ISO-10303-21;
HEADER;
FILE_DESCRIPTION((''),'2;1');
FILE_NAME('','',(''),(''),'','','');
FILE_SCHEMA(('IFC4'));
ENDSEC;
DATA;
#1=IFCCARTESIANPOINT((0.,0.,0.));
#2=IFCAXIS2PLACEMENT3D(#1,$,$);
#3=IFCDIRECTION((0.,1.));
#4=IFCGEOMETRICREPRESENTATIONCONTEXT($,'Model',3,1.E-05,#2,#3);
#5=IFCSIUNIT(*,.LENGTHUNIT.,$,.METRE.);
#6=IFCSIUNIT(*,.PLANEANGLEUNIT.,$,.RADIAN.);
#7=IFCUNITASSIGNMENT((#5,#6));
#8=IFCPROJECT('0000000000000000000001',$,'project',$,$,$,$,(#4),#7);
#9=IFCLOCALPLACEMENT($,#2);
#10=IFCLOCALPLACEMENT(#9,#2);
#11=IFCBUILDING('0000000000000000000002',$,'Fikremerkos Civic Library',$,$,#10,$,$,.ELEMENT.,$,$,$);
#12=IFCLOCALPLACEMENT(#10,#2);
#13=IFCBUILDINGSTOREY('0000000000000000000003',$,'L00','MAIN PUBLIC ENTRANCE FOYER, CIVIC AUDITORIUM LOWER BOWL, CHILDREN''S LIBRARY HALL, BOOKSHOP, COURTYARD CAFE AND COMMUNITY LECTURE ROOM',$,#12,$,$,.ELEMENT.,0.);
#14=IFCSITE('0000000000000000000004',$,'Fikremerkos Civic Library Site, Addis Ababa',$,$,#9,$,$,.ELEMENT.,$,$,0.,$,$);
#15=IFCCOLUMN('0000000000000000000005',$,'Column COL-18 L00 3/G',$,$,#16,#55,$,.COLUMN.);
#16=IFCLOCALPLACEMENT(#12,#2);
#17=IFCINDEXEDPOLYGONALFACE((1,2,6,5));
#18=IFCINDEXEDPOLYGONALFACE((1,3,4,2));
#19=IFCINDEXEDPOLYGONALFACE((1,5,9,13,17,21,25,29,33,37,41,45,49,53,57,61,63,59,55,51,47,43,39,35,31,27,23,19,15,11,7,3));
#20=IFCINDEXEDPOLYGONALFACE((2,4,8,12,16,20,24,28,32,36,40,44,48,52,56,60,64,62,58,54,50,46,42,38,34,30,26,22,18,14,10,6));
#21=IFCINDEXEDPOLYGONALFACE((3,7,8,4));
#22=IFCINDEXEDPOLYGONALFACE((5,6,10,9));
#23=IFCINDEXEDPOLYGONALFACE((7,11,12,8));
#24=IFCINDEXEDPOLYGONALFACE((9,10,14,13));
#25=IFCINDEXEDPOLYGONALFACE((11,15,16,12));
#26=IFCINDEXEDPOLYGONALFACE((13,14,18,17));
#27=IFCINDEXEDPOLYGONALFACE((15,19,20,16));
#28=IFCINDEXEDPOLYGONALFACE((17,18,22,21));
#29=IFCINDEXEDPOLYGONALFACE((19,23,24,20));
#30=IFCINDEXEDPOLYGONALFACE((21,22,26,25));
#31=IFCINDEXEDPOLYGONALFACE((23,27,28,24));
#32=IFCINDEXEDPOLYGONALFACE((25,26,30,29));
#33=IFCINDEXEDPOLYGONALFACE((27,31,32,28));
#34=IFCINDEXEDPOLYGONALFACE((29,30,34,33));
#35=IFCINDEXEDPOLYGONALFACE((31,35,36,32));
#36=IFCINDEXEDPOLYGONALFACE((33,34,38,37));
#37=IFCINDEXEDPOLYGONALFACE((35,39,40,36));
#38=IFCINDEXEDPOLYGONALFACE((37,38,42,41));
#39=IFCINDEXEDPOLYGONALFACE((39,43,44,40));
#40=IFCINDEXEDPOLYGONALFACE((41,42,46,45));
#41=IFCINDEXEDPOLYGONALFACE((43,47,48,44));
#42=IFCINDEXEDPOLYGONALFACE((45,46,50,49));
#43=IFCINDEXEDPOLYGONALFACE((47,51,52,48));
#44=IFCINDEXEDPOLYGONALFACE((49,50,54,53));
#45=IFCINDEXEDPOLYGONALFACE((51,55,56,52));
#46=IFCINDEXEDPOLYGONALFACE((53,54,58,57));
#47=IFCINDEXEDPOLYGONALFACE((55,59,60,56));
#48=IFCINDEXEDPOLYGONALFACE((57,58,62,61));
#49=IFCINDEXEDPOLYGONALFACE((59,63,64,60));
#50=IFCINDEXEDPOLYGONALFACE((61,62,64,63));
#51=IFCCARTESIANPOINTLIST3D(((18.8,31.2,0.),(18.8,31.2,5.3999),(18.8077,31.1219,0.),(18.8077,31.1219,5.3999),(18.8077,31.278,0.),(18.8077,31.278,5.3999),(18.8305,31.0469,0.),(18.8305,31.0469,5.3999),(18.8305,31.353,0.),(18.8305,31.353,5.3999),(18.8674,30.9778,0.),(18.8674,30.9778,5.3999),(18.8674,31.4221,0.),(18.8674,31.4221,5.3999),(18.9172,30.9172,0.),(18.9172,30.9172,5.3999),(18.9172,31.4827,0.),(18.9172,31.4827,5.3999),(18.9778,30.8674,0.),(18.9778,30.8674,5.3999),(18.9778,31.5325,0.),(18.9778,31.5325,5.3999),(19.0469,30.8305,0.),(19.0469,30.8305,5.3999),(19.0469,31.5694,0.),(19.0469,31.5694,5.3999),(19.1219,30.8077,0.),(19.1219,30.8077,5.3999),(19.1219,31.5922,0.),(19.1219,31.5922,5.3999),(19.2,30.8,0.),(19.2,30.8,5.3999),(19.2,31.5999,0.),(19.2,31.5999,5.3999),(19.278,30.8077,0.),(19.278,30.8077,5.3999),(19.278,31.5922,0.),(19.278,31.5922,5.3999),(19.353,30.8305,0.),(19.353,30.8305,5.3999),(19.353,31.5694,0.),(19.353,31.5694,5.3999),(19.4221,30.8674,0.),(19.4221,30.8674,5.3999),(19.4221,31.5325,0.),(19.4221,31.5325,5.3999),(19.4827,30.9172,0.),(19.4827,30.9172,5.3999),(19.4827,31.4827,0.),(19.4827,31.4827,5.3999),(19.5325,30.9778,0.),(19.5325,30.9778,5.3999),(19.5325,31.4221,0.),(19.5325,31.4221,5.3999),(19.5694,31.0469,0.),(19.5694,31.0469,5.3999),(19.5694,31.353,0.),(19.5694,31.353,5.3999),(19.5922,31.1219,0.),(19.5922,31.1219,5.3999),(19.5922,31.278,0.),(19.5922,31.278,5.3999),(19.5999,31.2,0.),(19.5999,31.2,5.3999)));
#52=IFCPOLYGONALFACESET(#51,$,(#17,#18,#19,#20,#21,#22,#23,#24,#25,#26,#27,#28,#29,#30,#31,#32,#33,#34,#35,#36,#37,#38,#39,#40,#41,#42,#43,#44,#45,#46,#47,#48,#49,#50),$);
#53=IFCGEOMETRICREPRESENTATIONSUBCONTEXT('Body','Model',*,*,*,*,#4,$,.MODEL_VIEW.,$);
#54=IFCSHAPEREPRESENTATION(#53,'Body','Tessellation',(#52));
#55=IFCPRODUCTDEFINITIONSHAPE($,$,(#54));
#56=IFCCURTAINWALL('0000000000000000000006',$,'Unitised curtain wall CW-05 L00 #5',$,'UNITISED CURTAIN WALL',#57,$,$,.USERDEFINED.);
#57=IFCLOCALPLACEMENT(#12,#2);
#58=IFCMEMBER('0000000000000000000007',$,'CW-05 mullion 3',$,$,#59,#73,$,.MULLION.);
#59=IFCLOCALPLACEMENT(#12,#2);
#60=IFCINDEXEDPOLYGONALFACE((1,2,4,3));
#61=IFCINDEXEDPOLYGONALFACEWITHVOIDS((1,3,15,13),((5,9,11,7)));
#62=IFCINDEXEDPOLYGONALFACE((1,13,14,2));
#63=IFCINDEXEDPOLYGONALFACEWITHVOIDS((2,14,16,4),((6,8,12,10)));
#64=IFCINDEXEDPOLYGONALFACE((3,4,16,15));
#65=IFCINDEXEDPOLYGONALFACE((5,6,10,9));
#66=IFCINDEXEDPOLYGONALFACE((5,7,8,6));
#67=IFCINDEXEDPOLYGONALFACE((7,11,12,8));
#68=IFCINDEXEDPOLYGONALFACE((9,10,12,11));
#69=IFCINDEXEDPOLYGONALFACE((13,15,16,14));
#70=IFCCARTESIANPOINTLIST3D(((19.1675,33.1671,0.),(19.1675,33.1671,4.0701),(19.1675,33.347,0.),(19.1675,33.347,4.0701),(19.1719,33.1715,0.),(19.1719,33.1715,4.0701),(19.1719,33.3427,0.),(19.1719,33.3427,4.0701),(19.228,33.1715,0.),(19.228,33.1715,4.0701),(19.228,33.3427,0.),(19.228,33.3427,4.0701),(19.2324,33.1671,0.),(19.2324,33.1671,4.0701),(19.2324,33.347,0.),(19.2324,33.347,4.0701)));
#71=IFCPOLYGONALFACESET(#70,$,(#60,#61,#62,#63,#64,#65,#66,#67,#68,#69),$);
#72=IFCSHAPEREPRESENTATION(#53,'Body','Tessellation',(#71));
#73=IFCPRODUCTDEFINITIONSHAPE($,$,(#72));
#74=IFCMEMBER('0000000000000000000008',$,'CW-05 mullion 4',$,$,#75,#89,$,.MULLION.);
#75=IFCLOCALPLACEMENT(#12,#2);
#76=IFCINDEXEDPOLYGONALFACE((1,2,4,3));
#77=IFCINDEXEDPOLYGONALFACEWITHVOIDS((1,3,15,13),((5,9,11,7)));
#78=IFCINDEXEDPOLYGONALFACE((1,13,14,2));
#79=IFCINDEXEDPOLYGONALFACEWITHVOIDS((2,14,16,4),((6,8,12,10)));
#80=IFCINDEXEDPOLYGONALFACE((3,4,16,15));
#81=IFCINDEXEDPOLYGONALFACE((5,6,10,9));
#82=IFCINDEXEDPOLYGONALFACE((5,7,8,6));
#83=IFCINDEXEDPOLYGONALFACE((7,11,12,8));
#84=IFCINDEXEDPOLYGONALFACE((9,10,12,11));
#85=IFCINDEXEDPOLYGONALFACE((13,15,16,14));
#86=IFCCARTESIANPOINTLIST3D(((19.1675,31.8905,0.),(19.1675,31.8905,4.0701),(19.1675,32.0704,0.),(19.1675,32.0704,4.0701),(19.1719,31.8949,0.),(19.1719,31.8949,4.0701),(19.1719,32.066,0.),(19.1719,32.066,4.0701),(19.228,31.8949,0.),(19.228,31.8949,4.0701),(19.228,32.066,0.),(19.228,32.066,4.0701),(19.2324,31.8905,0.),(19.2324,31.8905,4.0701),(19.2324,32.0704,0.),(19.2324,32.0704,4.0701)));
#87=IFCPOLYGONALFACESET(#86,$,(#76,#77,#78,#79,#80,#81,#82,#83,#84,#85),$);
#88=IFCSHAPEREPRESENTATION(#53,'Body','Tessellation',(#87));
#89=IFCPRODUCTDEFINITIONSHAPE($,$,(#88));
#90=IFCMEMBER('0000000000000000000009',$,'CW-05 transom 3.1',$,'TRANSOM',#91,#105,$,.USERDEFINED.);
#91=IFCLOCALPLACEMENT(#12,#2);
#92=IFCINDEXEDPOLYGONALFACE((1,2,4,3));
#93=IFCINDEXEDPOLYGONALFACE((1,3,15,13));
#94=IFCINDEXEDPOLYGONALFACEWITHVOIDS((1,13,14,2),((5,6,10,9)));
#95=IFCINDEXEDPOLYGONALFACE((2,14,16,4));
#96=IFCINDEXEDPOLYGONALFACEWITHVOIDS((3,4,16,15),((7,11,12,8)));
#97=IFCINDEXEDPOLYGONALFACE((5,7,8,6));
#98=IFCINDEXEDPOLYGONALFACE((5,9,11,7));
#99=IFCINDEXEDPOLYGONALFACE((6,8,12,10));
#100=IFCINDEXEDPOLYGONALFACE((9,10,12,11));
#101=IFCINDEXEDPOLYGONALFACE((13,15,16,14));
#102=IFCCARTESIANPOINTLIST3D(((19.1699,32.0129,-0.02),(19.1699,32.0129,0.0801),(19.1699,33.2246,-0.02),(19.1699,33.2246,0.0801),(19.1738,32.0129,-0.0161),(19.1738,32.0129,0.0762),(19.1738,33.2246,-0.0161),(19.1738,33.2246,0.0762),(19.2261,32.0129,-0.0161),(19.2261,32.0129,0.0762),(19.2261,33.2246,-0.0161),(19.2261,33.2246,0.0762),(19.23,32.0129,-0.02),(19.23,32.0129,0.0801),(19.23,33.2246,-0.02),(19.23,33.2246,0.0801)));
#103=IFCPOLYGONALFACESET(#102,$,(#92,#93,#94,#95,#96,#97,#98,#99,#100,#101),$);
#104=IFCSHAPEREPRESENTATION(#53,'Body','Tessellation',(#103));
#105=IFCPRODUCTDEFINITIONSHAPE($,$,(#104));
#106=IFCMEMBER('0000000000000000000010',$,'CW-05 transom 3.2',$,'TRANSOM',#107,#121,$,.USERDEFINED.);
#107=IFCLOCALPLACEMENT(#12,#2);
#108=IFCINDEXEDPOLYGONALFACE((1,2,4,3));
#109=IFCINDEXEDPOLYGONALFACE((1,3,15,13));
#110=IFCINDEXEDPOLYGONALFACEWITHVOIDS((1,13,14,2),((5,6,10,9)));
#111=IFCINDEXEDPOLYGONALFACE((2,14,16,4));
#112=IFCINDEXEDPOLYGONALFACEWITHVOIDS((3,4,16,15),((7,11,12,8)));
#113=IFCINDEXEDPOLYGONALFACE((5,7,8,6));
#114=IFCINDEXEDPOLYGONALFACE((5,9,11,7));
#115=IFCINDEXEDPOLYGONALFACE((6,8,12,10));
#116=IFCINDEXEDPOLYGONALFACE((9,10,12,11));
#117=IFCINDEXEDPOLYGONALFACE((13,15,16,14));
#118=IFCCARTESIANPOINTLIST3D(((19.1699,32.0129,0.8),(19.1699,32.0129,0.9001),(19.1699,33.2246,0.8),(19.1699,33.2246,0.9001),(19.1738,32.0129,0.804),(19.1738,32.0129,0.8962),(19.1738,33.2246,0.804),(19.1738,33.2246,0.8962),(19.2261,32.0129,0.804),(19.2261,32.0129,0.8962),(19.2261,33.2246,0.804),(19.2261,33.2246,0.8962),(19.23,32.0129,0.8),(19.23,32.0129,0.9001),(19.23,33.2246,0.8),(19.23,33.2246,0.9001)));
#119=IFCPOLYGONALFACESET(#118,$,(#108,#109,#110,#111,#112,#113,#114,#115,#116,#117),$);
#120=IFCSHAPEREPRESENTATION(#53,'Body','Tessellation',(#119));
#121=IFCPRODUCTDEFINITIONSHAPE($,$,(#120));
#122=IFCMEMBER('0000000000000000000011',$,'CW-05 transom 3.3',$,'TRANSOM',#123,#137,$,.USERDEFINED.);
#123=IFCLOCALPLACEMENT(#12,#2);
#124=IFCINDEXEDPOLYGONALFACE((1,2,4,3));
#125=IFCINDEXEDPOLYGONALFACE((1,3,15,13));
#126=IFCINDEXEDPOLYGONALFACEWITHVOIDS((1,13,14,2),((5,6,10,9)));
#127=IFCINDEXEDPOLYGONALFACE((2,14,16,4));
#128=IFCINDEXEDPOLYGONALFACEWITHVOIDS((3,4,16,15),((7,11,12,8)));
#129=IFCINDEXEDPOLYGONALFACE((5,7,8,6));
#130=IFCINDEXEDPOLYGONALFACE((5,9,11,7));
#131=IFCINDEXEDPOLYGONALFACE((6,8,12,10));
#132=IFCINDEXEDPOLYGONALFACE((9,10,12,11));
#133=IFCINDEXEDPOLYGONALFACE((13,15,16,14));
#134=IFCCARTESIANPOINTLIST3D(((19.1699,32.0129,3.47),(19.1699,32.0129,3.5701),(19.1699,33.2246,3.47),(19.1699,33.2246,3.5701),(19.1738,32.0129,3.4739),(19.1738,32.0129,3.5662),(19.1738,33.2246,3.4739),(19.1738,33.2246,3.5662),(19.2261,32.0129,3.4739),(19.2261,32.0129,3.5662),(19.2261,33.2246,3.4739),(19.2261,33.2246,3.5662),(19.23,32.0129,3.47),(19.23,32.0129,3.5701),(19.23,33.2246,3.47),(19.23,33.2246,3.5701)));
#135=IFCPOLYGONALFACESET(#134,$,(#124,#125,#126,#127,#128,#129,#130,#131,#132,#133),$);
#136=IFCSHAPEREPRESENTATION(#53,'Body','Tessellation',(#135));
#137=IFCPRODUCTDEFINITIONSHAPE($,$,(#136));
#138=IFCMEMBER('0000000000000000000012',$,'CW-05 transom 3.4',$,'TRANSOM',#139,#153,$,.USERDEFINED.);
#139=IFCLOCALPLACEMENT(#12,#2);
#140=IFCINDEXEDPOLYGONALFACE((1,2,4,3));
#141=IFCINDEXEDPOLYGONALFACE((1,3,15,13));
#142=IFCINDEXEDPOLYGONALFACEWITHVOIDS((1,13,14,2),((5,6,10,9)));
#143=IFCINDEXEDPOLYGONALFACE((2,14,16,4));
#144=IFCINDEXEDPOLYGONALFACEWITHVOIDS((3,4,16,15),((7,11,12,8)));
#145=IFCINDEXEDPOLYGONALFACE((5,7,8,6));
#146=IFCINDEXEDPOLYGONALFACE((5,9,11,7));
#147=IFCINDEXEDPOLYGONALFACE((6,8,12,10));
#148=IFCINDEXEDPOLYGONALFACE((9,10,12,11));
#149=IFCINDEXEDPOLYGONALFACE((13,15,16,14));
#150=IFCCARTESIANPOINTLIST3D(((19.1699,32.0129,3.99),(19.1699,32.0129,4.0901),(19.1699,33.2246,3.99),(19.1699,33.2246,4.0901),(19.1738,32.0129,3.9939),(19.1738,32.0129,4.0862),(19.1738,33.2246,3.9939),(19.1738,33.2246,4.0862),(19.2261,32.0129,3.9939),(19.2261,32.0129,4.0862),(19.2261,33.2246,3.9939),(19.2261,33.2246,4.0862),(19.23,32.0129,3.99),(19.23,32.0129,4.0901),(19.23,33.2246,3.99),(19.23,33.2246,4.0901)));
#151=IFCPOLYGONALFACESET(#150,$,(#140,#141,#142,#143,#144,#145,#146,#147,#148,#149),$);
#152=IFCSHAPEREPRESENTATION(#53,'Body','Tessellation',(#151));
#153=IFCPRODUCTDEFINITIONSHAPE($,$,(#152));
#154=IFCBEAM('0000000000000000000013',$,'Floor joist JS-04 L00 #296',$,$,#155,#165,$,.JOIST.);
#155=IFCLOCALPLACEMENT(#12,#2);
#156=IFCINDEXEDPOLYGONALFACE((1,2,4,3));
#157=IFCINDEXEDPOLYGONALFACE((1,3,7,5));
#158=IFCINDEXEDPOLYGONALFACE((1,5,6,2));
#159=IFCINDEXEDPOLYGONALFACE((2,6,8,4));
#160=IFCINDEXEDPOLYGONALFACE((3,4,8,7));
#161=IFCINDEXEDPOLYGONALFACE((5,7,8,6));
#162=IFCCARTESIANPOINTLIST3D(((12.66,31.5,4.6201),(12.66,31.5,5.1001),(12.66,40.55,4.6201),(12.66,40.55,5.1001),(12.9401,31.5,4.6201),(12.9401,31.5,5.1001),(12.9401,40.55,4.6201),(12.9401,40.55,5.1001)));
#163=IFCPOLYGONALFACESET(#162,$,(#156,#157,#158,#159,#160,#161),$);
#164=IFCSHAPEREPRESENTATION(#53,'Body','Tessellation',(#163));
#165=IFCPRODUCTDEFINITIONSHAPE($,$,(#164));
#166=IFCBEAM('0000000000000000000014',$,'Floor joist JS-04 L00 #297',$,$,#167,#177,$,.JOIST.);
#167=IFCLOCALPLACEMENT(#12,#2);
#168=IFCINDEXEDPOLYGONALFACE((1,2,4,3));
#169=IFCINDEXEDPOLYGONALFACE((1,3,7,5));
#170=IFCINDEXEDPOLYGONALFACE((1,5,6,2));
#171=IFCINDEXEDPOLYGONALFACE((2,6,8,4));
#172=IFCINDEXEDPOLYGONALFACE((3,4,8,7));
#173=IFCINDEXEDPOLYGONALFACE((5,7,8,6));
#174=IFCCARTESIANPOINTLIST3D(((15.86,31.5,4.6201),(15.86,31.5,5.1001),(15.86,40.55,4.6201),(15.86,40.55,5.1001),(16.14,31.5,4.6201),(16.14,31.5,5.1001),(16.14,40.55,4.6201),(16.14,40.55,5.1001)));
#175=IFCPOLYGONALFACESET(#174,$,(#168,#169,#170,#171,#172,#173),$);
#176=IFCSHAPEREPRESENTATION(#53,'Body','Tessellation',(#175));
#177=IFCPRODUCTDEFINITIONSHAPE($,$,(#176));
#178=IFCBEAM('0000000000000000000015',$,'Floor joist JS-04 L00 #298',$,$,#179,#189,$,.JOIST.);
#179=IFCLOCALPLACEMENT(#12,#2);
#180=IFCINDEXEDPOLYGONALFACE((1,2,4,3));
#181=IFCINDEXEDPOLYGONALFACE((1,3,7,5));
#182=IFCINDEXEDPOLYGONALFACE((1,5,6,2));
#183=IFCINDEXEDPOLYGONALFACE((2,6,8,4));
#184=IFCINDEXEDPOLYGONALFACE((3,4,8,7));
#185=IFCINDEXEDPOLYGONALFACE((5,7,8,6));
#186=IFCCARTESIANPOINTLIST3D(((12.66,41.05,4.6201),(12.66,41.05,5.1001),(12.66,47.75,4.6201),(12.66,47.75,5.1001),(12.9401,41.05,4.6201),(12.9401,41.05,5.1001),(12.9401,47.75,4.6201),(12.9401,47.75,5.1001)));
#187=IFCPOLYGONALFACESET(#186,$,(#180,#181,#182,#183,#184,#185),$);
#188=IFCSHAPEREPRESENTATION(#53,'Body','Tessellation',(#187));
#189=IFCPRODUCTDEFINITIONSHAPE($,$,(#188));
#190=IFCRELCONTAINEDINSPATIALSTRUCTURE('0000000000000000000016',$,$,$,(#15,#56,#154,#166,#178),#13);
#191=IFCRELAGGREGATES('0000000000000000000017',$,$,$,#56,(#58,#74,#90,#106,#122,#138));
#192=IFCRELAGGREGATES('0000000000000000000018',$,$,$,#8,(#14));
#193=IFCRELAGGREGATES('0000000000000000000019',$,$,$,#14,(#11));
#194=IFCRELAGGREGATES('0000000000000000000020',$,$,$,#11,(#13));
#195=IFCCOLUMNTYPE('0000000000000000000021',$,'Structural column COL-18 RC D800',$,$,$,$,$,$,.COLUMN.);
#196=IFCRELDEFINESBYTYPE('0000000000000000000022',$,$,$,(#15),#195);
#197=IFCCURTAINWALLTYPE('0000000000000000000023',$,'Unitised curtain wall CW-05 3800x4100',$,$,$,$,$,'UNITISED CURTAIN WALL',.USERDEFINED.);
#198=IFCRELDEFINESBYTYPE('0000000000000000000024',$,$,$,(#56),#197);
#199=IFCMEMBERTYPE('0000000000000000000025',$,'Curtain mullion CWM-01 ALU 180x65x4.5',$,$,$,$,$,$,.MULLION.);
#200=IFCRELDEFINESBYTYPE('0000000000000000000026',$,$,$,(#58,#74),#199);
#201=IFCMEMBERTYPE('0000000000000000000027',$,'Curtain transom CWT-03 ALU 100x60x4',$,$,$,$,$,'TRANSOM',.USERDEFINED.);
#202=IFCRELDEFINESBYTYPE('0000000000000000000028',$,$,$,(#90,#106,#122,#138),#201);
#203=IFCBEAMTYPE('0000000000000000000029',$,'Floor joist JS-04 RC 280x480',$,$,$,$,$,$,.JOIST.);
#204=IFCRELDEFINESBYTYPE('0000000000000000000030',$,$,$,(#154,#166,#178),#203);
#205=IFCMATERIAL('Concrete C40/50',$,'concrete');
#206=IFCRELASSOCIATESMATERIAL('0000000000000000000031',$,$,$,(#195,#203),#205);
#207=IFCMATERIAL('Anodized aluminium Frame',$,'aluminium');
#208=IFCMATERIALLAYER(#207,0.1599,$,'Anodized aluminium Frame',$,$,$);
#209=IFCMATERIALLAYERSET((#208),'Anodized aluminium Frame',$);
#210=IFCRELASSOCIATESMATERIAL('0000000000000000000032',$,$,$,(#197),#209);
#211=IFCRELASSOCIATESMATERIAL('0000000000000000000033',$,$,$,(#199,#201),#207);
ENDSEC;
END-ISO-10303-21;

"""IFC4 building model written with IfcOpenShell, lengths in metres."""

from ifc_helpers import new_model, si_unit, direction, frame, origin, origin_2d, place, context, subcontext, project, spatial, rectangle, hollow_rectangle, circle, extrude, material, layer, layer_set, material_profile, profile_set, type_object, element, aggregate, save


model = new_model("IFC4")

# Units and contexts
model_context = context("Model", 3, precision=1e-05, world=origin(), true_north=direction((0.0, 1.0)))
body_context = subcontext(model_context, "Body", "Model", "MODEL_VIEW")
ifc_project = project(units=[si_unit("LENGTHUNIT", "METRE"), si_unit("PLANEANGLEUNIT", "RADIAN")], contexts=[model_context])

# Site, building, storey
site_placement = place(None, origin())
site = spatial("IfcSite", under=ifc_project, at=site_placement, Name="Fikremerkos Civic Library Site, Addis Ababa", CompositionType="ELEMENT", RefElevation=0.0)
building_placement = place(site_placement, origin())
building = spatial("IfcBuilding", under=site, at=building_placement, Name="Fikremerkos Civic Library", CompositionType="ELEMENT")
storey_placement = place(building_placement, origin())
storey = spatial("IfcBuildingStorey", under=building, at=storey_placement, Name="L00", Description="MAIN PUBLIC ENTRANCE FOYER, CIVIC AUDITORIUM LOWER BOWL, CHILDREN'S LIBRARY HALL, BOOKSHOP, COURTYARD CAFE AND COMMUNITY LECTURE ROOM", CompositionType="ELEMENT", Elevation=0.0)

# Column
ifc_material_1 = material(Name="Concrete C40/50", Category="concrete")
ifc_material_profile_1 = material_profile(ifc_material_1, circle(Radius=0.3999, at=origin_2d()), Name="RC D800")
ifc_profile_set_1 = profile_set([ifc_material_profile_1], Name="Concrete C40/50")
column_type = type_object("IfcColumnType", Name="Structural column COL-18 RC D800", PredefinedType="COLUMN", material=ifc_profile_set_1)
column_placement = place(storey_placement, frame((19.2, 31.2, 0.0), z_axis=(0.0, 0.0, 1.0), x_axis=(1.0, 0.0, 0.0)))
element("IfcColumn", 1, at=column_placement, inside=storey, type_object=column_type, Name="Column COL-18 L00 3/G", PredefinedType="COLUMN", context=body_context, shape_type="SweptSolid", body=[
    extrude(circle(Radius=0.3999, at=origin_2d()), origin(), (0.0, 0.0, 1.0), 5.3999),
])

# Curtain wall, members
ifc_material_2 = material(Name="Anodized aluminium Frame", Category="aluminium")
ifc_layer_1 = layer(ifc_material_2, 0.1599, Name="Anodized aluminium Frame")
ifc_layer_set_1 = layer_set([ifc_layer_1], Name="Anodized aluminium Frame")
curtain_wall_type = type_object("IfcCurtainWallType", Name="Unitised curtain wall CW-05 3800x4100", ElementType="UNITISED CURTAIN WALL", PredefinedType="USERDEFINED", material=ifc_layer_set_1)
curtain_wall_placement = place(storey_placement, origin())
curtain_wall = element("IfcCurtainWall", 2, at=curtain_wall_placement, inside=storey, type_object=curtain_wall_type, Name="Unitised curtain wall CW-05 L00 #5", ObjectType="UNITISED CURTAIN WALL", PredefinedType="USERDEFINED")
ifc_material_profile_2 = material_profile(ifc_material_2, hollow_rectangle(XDim=0.0649, YDim=0.1799, WallThickness=0.0044, at=origin_2d()), Name="ALU 180x65x4.5")
ifc_profile_set_2 = profile_set([ifc_material_profile_2], Name="Anodized aluminium Frame")
member_type_1 = type_object("IfcMemberType", Name="Curtain mullion CWM-01 ALU 180x65x4.5", PredefinedType="MULLION", material=ifc_profile_set_2)
member_1_placement = place(storey_placement, frame((19.2, 33.2571, 0.0), z_axis=(0.0, 0.0, 1.0), x_axis=(1.0, 0.0, 0.0)))
member_1 = element("IfcMember", 3, at=member_1_placement, type_object=member_type_1, Name="CW-05 mullion 3", PredefinedType="MULLION", context=body_context, shape_type="SweptSolid", body=[
    extrude(hollow_rectangle(XDim=0.0649, YDim=0.1799, WallThickness=0.0044, at=origin_2d()), origin(), (0.0, 0.0, 1.0), 4.0701),
])
member_2_placement = place(storey_placement, frame((19.2, 31.9805, 0.0), z_axis=(0.0, 0.0, 1.0), x_axis=(1.0, 0.0, 0.0)))
member_2 = element("IfcMember", 4, at=member_2_placement, type_object=member_type_1, Name="CW-05 mullion 4", PredefinedType="MULLION", context=body_context, shape_type="SweptSolid", body=[
    extrude(hollow_rectangle(XDim=0.0649, YDim=0.1799, WallThickness=0.0044, at=origin_2d()), origin(), (0.0, 0.0, 1.0), 4.0701),
])
ifc_material_profile_3 = material_profile(ifc_material_2, hollow_rectangle(XDim=0.0601, YDim=0.1001, WallThickness=0.0039, at=origin_2d()), Name="ALU 100x60x4")
ifc_profile_set_3 = profile_set([ifc_material_profile_3], Name="Anodized aluminium Frame")
member_type_2 = type_object("IfcMemberType", Name="Curtain transom CWT-03 ALU 100x60x4", ElementType="TRANSOM", PredefinedType="USERDEFINED", material=ifc_profile_set_3)
member_3_placement = place(storey_placement, frame((19.2, 33.2246, 0.03), z_axis=(0.0, -1.0, 0.0), x_axis=(1.0, 0.0, 0.0)))
member_3 = element("IfcMember", 5, at=member_3_placement, type_object=member_type_2, Name="CW-05 transom 3.1", ObjectType="TRANSOM", PredefinedType="USERDEFINED", context=body_context, shape_type="SweptSolid", body=[
    extrude(hollow_rectangle(XDim=0.0601, YDim=0.1001, WallThickness=0.0039, at=origin_2d()), origin(), (0.0, 0.0, 1.0), 1.2117),
])
member_4_placement = place(storey_placement, frame((19.2, 33.2246, 0.8501), z_axis=(0.0, -1.0, 0.0), x_axis=(1.0, 0.0, 0.0)))
member_4 = element("IfcMember", 6, at=member_4_placement, type_object=member_type_2, Name="CW-05 transom 3.2", ObjectType="TRANSOM", PredefinedType="USERDEFINED", context=body_context, shape_type="SweptSolid", body=[
    extrude(hollow_rectangle(XDim=0.0601, YDim=0.1001, WallThickness=0.0039, at=origin_2d()), origin(), (0.0, 0.0, 1.0), 1.2117),
])
member_5_placement = place(storey_placement, frame((19.2, 33.2246, 3.52), z_axis=(0.0, -1.0, 0.0), x_axis=(1.0, 0.0, 0.0)))
member_5 = element("IfcMember", 7, at=member_5_placement, type_object=member_type_2, Name="CW-05 transom 3.3", ObjectType="TRANSOM", PredefinedType="USERDEFINED", context=body_context, shape_type="SweptSolid", body=[
    extrude(hollow_rectangle(XDim=0.0601, YDim=0.1001, WallThickness=0.0039, at=origin_2d()), origin(), (0.0, 0.0, 1.0), 1.2117),
])
member_6_placement = place(storey_placement, frame((19.2, 33.2246, 4.04), z_axis=(0.0, -1.0, 0.0), x_axis=(1.0, 0.0, 0.0)))
member_6 = element("IfcMember", 8, at=member_6_placement, type_object=member_type_2, Name="CW-05 transom 3.4", ObjectType="TRANSOM", PredefinedType="USERDEFINED", context=body_context, shape_type="SweptSolid", body=[
    extrude(hollow_rectangle(XDim=0.0601, YDim=0.1001, WallThickness=0.0039, at=origin_2d()), origin(), (0.0, 0.0, 1.0), 1.2117),
])

# Beams
ifc_material_profile_4 = material_profile(ifc_material_1, rectangle(XDim=0.28, YDim=0.48, at=origin_2d()), Name="RC 280x480")
ifc_profile_set_4 = profile_set([ifc_material_profile_4], Name="Concrete C40/50")
beam_type_1 = type_object("IfcBeamType", Name="Floor joist JS-04 RC 280x480", PredefinedType="JOIST", material=ifc_profile_set_4)
for number, where, z_axis, x_axis, name in (
    (9, (12.8, 31.5, 4.8601), (0.0, 1.0, 0.0), (-1.0, 0.0, 0.0), "Floor joist JS-04 L00 #296"),
    (10, (16.0, 31.5, 4.8601), (0.0, 1.0, 0.0), (-1.0, 0.0, 0.0), "Floor joist JS-04 L00 #297"),
):
    element("IfcBeam", number, at=place(storey_placement, frame(where, z_axis=z_axis, x_axis=x_axis)), inside=storey, type_object=beam_type_1, Name=name, PredefinedType="JOIST", context=body_context, shape_type="SweptSolid", body=[
        extrude(rectangle(XDim=0.28, YDim=0.48, at=origin_2d()), origin(), (0.0, 0.0, 1.0), 9.05),
    ])
for number, where, z_axis, x_axis, name in (
    (11, (12.8, 41.05, 4.8601), (0.0, 1.0, 0.0), (-1.0, 0.0, 0.0), "Floor joist JS-04 L00 #298"),
):
    element("IfcBeam", number, at=place(storey_placement, frame(where, z_axis=z_axis, x_axis=x_axis)), inside=storey, type_object=beam_type_1, Name=name, PredefinedType="JOIST", context=body_context, shape_type="SweptSolid", body=[
        extrude(rectangle(XDim=0.28, YDim=0.48, at=origin_2d()), origin(), (0.0, 0.0, 1.0), 6.7),
    ])

aggregate(curtain_wall, [member_1, member_2, member_3, member_4, member_5, member_6])

save(model, "model.ifc")
